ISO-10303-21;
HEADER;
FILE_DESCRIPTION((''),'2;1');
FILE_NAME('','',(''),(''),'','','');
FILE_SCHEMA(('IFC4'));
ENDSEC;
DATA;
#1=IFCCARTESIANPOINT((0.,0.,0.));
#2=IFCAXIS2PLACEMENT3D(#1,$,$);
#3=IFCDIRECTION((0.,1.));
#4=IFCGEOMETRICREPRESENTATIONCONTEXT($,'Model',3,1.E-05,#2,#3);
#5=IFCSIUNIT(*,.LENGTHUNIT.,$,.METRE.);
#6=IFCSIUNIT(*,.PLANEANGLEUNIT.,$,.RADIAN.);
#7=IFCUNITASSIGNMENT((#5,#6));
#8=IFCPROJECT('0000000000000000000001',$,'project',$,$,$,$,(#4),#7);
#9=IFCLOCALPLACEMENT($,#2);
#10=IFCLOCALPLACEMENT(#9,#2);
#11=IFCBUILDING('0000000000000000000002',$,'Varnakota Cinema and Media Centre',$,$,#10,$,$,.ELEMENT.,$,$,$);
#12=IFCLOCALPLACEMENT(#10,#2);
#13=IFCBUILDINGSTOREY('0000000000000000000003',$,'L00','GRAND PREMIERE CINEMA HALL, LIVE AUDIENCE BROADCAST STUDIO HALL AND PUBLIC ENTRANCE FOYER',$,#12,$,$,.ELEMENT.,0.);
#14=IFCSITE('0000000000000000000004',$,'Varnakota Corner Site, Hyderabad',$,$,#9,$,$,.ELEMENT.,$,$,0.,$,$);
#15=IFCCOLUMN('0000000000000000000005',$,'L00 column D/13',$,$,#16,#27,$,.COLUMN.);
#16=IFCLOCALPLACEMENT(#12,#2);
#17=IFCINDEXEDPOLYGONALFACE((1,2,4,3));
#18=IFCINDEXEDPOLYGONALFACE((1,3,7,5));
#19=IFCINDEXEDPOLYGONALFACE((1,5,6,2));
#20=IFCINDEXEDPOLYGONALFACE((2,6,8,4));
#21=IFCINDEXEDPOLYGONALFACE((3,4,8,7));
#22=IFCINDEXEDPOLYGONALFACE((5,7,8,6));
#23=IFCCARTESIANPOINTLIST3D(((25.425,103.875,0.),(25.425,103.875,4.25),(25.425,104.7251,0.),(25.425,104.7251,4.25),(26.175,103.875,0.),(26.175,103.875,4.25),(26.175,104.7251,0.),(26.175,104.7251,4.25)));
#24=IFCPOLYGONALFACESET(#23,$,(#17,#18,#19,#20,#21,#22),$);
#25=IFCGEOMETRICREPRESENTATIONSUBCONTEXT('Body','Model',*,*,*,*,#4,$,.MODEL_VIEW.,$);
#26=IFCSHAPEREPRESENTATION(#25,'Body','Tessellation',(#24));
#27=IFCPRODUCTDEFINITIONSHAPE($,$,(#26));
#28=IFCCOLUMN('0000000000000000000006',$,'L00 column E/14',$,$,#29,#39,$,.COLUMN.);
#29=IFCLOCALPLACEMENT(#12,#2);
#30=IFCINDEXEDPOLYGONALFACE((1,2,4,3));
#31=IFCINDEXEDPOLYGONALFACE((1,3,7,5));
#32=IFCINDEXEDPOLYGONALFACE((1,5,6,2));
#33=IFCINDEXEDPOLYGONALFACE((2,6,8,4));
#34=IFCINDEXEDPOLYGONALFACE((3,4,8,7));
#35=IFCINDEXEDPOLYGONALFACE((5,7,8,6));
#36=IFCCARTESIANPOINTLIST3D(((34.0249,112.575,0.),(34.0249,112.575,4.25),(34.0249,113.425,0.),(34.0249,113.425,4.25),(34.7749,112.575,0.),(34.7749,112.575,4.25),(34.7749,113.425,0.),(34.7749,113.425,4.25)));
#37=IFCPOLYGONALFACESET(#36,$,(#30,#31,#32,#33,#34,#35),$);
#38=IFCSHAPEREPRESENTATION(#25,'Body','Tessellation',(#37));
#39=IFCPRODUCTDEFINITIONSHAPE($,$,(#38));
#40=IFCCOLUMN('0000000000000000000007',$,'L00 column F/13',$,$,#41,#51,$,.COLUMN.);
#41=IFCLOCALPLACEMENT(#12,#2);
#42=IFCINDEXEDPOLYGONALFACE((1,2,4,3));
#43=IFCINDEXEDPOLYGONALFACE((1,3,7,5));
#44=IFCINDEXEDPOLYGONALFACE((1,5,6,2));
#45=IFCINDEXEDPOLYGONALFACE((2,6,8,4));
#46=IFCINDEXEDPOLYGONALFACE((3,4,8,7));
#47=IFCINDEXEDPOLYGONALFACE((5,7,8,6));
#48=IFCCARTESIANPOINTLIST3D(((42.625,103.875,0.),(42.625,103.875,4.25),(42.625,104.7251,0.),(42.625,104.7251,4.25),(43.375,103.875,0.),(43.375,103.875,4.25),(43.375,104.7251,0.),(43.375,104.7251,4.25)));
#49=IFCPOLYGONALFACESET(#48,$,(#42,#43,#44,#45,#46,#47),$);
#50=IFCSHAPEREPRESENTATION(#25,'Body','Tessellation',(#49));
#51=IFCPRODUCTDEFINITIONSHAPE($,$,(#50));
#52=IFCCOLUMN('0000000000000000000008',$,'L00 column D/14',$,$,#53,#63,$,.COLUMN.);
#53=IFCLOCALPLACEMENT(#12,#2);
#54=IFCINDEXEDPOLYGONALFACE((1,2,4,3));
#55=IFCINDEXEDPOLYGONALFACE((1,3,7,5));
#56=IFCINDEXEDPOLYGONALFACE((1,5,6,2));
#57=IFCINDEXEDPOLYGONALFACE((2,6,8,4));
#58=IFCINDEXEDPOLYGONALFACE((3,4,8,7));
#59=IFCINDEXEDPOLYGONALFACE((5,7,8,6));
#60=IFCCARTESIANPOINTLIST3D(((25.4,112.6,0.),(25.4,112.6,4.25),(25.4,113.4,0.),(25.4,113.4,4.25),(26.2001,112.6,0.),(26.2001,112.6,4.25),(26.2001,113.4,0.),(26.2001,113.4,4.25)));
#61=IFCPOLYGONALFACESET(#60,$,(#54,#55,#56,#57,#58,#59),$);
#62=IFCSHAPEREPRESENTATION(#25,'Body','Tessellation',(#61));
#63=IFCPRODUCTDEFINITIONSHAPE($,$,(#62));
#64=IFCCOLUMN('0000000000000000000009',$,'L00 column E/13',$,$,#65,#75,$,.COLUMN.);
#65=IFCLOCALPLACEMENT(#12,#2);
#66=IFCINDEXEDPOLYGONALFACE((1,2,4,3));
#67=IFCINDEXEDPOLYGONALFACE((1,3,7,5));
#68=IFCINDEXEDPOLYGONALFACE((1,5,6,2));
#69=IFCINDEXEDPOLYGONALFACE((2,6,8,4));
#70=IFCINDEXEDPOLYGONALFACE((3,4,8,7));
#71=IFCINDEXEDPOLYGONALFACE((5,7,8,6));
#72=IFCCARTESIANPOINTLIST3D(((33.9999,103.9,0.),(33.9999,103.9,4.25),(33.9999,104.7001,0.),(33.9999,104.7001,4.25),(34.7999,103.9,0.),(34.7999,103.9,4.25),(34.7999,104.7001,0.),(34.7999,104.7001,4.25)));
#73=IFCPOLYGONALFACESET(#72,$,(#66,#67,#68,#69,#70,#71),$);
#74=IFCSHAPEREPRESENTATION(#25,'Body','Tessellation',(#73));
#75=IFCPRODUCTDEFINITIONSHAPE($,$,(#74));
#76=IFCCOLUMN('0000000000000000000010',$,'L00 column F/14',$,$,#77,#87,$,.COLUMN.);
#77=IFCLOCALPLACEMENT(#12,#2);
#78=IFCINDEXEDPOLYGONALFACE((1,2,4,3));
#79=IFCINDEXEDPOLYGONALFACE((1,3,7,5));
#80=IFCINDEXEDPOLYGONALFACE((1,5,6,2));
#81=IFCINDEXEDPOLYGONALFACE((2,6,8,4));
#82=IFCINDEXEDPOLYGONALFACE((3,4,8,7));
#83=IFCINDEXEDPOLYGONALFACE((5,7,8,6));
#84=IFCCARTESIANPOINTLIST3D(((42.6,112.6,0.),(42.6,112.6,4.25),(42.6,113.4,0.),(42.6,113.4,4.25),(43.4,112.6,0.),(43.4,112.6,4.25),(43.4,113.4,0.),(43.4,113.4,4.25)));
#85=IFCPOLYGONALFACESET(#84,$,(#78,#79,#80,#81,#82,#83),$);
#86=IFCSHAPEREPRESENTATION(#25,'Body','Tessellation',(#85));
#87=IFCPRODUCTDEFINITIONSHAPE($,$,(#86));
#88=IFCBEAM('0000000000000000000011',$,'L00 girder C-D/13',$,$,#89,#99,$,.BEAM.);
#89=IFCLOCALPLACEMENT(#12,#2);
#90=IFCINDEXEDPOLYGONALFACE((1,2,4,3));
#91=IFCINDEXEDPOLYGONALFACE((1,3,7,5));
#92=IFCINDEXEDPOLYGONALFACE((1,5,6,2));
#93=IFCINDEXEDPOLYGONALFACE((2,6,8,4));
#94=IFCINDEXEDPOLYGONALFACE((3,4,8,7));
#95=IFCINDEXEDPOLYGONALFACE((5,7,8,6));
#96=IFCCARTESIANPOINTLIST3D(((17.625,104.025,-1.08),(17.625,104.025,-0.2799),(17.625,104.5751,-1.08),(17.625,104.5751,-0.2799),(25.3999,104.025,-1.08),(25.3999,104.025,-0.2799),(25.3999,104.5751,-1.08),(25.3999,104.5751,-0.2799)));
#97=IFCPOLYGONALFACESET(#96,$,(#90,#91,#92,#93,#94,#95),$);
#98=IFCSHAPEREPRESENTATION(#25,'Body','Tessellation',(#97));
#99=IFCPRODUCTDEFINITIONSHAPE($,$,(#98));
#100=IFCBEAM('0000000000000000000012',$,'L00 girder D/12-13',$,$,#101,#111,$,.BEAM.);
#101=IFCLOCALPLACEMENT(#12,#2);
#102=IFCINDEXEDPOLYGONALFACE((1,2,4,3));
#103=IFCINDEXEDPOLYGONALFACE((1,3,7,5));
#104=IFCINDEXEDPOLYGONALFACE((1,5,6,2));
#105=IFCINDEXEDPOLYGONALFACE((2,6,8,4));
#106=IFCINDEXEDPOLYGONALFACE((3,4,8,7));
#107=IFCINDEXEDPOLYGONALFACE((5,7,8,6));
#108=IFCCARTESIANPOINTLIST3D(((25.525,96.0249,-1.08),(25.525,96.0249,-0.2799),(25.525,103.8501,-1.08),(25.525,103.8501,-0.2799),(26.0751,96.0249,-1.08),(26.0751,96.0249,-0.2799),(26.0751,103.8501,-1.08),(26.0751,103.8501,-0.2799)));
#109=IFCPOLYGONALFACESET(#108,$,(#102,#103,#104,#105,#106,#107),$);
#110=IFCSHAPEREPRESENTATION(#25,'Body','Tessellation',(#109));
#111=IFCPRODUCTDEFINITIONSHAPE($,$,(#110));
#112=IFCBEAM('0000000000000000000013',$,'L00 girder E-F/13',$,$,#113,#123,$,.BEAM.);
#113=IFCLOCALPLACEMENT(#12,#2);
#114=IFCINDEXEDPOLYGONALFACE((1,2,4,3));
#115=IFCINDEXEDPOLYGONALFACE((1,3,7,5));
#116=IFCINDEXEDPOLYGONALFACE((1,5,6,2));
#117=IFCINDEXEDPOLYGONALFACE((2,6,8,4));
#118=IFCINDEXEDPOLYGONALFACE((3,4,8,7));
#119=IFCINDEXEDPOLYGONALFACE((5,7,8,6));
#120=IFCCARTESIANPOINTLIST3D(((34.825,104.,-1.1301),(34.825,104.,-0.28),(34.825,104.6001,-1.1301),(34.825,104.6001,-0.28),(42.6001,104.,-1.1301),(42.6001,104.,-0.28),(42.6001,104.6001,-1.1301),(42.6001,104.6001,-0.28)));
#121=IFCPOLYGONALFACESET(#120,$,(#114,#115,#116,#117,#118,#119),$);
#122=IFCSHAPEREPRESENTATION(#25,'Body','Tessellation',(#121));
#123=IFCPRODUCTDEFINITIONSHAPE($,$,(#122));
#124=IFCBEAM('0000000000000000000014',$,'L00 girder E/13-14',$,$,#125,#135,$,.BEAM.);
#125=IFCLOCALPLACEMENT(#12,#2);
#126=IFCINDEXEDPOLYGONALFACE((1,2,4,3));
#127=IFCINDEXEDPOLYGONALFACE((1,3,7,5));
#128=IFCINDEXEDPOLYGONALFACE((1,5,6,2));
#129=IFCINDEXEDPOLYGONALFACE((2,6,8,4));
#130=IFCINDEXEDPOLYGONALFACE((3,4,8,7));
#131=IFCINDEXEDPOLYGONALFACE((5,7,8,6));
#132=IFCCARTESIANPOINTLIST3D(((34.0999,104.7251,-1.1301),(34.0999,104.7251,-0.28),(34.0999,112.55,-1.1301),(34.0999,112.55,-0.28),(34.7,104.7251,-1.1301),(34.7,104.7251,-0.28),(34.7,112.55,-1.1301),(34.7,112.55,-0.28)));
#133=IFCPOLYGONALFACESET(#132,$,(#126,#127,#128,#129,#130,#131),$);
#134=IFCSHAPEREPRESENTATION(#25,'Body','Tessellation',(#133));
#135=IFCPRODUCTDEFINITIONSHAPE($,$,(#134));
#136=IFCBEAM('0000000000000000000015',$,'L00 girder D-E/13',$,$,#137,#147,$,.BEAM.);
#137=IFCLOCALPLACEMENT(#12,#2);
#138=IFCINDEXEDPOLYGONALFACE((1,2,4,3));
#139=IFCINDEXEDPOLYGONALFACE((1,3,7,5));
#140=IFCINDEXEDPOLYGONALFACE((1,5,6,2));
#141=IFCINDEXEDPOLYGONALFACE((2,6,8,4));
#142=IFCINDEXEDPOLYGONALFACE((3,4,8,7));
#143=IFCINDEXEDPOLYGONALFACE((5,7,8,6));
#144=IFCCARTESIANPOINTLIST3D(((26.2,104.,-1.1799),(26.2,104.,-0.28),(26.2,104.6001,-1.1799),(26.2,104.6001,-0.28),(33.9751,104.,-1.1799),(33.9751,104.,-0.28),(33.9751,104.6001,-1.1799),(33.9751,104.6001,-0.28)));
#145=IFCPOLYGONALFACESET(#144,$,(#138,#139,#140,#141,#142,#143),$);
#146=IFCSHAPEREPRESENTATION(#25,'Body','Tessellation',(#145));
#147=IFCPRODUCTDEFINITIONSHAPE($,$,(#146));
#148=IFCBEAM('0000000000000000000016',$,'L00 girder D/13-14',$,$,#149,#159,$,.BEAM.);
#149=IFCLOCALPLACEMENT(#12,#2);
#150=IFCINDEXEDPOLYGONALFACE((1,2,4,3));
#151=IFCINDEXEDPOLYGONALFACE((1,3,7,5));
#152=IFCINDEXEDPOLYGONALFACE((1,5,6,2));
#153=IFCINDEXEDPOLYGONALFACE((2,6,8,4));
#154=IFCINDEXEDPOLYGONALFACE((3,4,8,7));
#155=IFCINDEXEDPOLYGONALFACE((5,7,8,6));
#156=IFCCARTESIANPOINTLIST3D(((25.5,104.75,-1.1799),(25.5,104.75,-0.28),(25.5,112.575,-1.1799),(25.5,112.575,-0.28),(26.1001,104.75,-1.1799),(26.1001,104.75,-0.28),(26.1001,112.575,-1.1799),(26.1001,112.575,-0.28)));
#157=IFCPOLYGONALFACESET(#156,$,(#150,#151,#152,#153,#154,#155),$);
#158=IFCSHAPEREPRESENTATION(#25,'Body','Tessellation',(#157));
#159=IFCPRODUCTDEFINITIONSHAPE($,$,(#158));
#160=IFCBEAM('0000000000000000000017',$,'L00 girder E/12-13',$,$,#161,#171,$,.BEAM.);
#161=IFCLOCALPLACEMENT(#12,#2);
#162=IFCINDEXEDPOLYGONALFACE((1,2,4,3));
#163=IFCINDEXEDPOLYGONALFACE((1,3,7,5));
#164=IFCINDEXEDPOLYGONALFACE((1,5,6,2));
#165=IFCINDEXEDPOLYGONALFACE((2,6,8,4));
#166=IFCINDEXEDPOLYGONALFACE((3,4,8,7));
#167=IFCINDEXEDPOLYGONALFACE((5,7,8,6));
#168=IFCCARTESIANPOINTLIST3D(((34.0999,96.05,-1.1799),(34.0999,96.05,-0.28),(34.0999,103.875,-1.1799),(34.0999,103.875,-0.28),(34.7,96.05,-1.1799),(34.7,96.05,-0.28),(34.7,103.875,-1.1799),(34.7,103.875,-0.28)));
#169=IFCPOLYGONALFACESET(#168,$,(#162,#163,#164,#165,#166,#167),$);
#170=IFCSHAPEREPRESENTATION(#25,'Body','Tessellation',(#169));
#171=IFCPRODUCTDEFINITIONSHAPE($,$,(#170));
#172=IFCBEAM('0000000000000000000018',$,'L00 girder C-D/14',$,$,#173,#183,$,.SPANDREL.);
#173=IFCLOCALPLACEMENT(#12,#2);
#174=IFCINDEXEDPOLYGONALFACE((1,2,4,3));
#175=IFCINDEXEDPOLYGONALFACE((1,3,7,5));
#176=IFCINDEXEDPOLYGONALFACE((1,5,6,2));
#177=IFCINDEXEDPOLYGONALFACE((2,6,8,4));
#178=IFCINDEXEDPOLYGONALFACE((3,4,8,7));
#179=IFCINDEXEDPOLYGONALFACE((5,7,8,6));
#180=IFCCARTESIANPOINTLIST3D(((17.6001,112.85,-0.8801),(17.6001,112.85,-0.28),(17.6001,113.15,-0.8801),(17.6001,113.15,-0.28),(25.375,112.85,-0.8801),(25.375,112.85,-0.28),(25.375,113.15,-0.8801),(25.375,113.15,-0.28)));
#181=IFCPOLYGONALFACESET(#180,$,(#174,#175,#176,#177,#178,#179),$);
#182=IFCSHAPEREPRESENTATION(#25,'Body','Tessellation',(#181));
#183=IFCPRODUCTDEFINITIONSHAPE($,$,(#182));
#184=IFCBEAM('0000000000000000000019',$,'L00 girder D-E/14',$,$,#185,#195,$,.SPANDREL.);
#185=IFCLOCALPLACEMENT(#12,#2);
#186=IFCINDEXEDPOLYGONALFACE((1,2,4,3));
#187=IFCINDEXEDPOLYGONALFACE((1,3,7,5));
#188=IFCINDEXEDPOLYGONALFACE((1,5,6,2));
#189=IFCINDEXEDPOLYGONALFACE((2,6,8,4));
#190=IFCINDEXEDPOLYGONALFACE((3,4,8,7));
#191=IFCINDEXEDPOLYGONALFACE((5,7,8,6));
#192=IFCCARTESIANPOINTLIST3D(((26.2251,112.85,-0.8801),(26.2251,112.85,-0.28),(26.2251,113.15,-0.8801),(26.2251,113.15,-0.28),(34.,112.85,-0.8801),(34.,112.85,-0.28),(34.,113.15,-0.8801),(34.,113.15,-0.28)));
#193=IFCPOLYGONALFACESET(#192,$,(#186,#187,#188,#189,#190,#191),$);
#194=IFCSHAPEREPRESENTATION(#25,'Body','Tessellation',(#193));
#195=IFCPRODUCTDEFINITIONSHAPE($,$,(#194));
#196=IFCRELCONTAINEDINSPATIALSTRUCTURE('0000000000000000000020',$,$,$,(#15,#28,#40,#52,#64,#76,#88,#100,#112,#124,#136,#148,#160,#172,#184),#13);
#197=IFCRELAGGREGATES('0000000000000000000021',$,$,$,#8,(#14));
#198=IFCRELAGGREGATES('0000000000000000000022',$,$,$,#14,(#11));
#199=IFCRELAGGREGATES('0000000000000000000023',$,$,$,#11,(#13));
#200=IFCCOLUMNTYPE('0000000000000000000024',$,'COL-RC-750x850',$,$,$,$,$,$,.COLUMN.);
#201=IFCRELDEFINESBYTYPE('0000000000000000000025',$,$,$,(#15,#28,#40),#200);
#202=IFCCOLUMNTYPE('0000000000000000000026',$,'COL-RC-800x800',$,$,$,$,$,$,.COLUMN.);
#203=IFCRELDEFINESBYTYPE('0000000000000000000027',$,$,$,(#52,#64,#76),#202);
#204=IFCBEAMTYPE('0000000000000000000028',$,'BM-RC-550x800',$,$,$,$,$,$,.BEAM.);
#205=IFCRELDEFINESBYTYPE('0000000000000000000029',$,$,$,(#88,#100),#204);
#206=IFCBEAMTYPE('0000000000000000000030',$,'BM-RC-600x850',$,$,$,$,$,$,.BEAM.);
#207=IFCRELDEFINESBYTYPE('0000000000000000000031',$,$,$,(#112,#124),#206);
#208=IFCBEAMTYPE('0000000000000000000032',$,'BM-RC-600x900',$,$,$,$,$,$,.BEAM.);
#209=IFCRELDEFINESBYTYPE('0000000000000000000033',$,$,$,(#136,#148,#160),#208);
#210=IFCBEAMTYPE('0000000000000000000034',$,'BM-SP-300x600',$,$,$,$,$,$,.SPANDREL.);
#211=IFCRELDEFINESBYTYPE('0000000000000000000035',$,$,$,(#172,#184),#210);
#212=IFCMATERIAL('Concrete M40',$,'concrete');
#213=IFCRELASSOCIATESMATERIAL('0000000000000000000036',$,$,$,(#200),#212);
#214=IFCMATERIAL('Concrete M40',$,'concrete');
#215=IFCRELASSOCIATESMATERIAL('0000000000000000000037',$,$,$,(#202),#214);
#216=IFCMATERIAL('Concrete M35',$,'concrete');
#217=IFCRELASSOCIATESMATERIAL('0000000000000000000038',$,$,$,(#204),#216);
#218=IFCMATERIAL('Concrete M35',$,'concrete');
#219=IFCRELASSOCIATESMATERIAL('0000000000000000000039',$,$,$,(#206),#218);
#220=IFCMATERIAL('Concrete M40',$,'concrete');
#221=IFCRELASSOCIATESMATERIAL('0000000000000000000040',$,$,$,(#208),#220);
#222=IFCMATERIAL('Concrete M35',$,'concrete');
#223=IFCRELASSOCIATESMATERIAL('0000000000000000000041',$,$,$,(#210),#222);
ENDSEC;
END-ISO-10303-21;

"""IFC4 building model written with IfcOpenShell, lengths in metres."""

from ifc_helpers import new_model, si_unit, direction, frame, origin, origin_2d, place, context, subcontext, project, spatial, rectangle, extrude, material, material_profile, profile_set, type_object, element, save


model = new_model("IFC4")

# Units and contexts
model_context = context("Model", 3, precision=1e-05, world=origin(), true_north=direction((0.0, 1.0)))
body_context = subcontext(model_context, "Body", "Model", "MODEL_VIEW")
ifc_project = project(units=[si_unit("LENGTHUNIT", "METRE"), si_unit("PLANEANGLEUNIT", "RADIAN")], contexts=[model_context])

# Site, building, storey
site_placement = place(None, origin())
site = spatial("IfcSite", under=ifc_project, at=site_placement, Name="Varnakota Corner Site, Hyderabad", CompositionType="ELEMENT", RefElevation=0.0)
building_placement = place(site_placement, origin())
building = spatial("IfcBuilding", under=site, at=building_placement, Name="Varnakota Cinema and Media Centre", CompositionType="ELEMENT")
storey_placement = place(building_placement, origin())
storey = spatial("IfcBuildingStorey", under=building, at=storey_placement, Name="L00", Description="GRAND PREMIERE CINEMA HALL, LIVE AUDIENCE BROADCAST STUDIO HALL AND PUBLIC ENTRANCE FOYER", CompositionType="ELEMENT", Elevation=0.0)

# Columns
ifc_material_1 = material(Name="Concrete M40", Category="concrete")
ifc_material_profile_1 = material_profile(ifc_material_1, rectangle(XDim=0.75, YDim=0.8501, at=origin_2d()), Name="RC 750x850")
ifc_profile_set_1 = profile_set([ifc_material_profile_1], Name="Concrete M40")
column_type_1 = type_object("IfcColumnType", Name="COL-RC-750x850", PredefinedType="COLUMN", material=ifc_profile_set_1)
for number, where, z_axis, x_axis, name in (
    (1, (25.8, 104.3, 0.0), (0.0, 0.0, 1.0), (1.0, 0.0, 0.0), "L00 column D/13"),
    (2, (34.3999, 113.0, 0.0), (0.0, 0.0, 1.0), (1.0, 0.0, 0.0), "L00 column E/14"),
    (3, (43.0, 104.3, 0.0), (0.0, 0.0, 1.0), (1.0, 0.0, 0.0), "L00 column F/13"),
):
    element("IfcColumn", number, at=place(storey_placement, frame(where, z_axis=z_axis, x_axis=x_axis)), inside=storey, type_object=column_type_1, Name=name, PredefinedType="COLUMN", context=body_context, shape_type="SweptSolid", body=[
        extrude(rectangle(XDim=0.75, YDim=0.8501, at=origin_2d()), origin(), (0.0, 0.0, 1.0), 4.25),
    ])
ifc_material_2 = material(Name="Concrete M40", Category="concrete")
ifc_material_profile_2 = material_profile(ifc_material_2, rectangle(XDim=0.8, YDim=0.8, at=origin_2d()), Name="RC 800x800")
ifc_profile_set_2 = profile_set([ifc_material_profile_2], Name="Concrete M40")
column_type_2 = type_object("IfcColumnType", Name="COL-RC-800x800", PredefinedType="COLUMN", material=ifc_profile_set_2)
for number, where, z_axis, x_axis, name in (
    (4, (25.8, 113.0, 0.0), (0.0, 0.0, 1.0), (1.0, 0.0, 0.0), "L00 column D/14"),
    (5, (34.3999, 104.3, 0.0), (0.0, 0.0, 1.0), (1.0, 0.0, 0.0), "L00 column E/13"),
    (6, (43.0, 113.0, 0.0), (0.0, 0.0, 1.0), (1.0, 0.0, 0.0), "L00 column F/14"),
):
    element("IfcColumn", number, at=place(storey_placement, frame(where, z_axis=z_axis, x_axis=x_axis)), inside=storey, type_object=column_type_2, Name=name, PredefinedType="COLUMN", context=body_context, shape_type="SweptSolid", body=[
        extrude(rectangle(XDim=0.8, YDim=0.8, at=origin_2d()), origin(), (0.0, 0.0, 1.0), 4.25),
    ])

# Beams
ifc_material_3 = material(Name="Concrete M35", Category="concrete")
ifc_material_profile_3 = material_profile(ifc_material_3, rectangle(XDim=0.55, YDim=0.8, at=origin_2d()), Name="RCB 550x800")
ifc_profile_set_3 = profile_set([ifc_material_profile_3], Name="Concrete M35")
beam_type_1 = type_object("IfcBeamType", Name="BM-RC-550x800", PredefinedType="BEAM", material=ifc_profile_set_3)
beam_1_placement = place(storey_placement, frame((17.625, 104.3, -0.6799), z_axis=(1.0, 0.0, 0.0), x_axis=(0.0, 1.0, 0.0)))
element("IfcBeam", 7, at=beam_1_placement, inside=storey, type_object=beam_type_1, Name="L00 girder C-D/13", PredefinedType="BEAM", context=body_context, shape_type="SweptSolid", body=[
    extrude(rectangle(XDim=0.55, YDim=0.8, at=origin_2d()), origin(), (0.0, 0.0, 1.0), 7.7749),
])
beam_2_placement = place(storey_placement, frame((25.8, 96.0249, -0.6799), z_axis=(0.0, 1.0, 0.0), x_axis=(-1.0, 0.0, 0.0)))
element("IfcBeam", 8, at=beam_2_placement, inside=storey, type_object=beam_type_1, Name="L00 girder D/12-13", PredefinedType="BEAM", context=body_context, shape_type="SweptSolid", body=[
    extrude(rectangle(XDim=0.55, YDim=0.8, at=origin_2d()), origin(), (0.0, 0.0, 1.0), 7.8252),
])
ifc_material_4 = material(Name="Concrete M35", Category="concrete")
ifc_material_profile_4 = material_profile(ifc_material_4, rectangle(XDim=0.6001, YDim=0.8501, at=origin_2d()), Name="RCB 600x850")
ifc_profile_set_4 = profile_set([ifc_material_profile_4], Name="Concrete M35")
beam_type_2 = type_object("IfcBeamType", Name="BM-RC-600x850", PredefinedType="BEAM", material=ifc_profile_set_4)
beam_3_placement = place(storey_placement, frame((34.825, 104.3, -0.7051), z_axis=(1.0, 0.0, 0.0), x_axis=(0.0, 1.0, 0.0)))
element("IfcBeam", 9, at=beam_3_placement, inside=storey, type_object=beam_type_2, Name="L00 girder E-F/13", PredefinedType="BEAM", context=body_context, shape_type="SweptSolid", body=[
    extrude(rectangle(XDim=0.6001, YDim=0.8501, at=origin_2d()), origin(), (0.0, 0.0, 1.0), 7.7751),
])
beam_4_placement = place(storey_placement, frame((34.3999, 104.7251, -0.7051), z_axis=(0.0, 1.0, 0.0), x_axis=(-1.0, 0.0, 0.0)))
element("IfcBeam", 10, at=beam_4_placement, inside=storey, type_object=beam_type_2, Name="L00 girder E/13-14", PredefinedType="BEAM", context=body_context, shape_type="SweptSolid", body=[
    extrude(rectangle(XDim=0.6001, YDim=0.8501, at=origin_2d()), origin(), (0.0, 0.0, 1.0), 7.825),
])
ifc_material_5 = material(Name="Concrete M40", Category="concrete")
ifc_material_profile_5 = material_profile(ifc_material_5, rectangle(XDim=0.6001, YDim=0.8999, at=origin_2d()), Name="RCB 600x900")
ifc_profile_set_5 = profile_set([ifc_material_profile_5], Name="Concrete M40")
beam_type_3 = type_object("IfcBeamType", Name="BM-RC-600x900", PredefinedType="BEAM", material=ifc_profile_set_5)
beam_5_placement = place(storey_placement, frame((26.2, 104.3, -0.73), z_axis=(1.0, 0.0, 0.0), x_axis=(0.0, 1.0, 0.0)))
element("IfcBeam", 11, at=beam_5_placement, inside=storey, type_object=beam_type_3, Name="L00 girder D-E/13", PredefinedType="BEAM", context=body_context, shape_type="SweptSolid", body=[
    extrude(rectangle(XDim=0.6001, YDim=0.8999, at=origin_2d()), origin(), (0.0, 0.0, 1.0), 7.7751),
])
for number, where, z_axis, x_axis, name in (
    (12, (25.8, 104.75, -0.73), (0.0, 1.0, 0.0), (-1.0, 0.0, 0.0), "L00 girder D/13-14"),
    (13, (34.3999, 96.05, -0.73), (0.0, 1.0, 0.0), (-1.0, 0.0, 0.0), "L00 girder E/12-13"),
):
    element("IfcBeam", number, at=place(storey_placement, frame(where, z_axis=z_axis, x_axis=x_axis)), inside=storey, type_object=beam_type_3, Name=name, PredefinedType="BEAM", context=body_context, shape_type="SweptSolid", body=[
        extrude(rectangle(XDim=0.6001, YDim=0.8999, at=origin_2d()), origin(), (0.0, 0.0, 1.0), 7.825),
    ])
ifc_material_6 = material(Name="Concrete M35", Category="concrete")
ifc_material_profile_6 = material_profile(ifc_material_6, rectangle(XDim=0.3, YDim=0.6001, at=origin_2d()), Name="RCB 300x600")
ifc_profile_set_6 = profile_set([ifc_material_profile_6], Name="Concrete M35")
beam_type_4 = type_object("IfcBeamType", Name="BM-SP-300x600", PredefinedType="SPANDREL", material=ifc_profile_set_6)
for number, where, z_axis, x_axis, name in (
    (14, (17.6001, 113.0, -0.5801), (1.0, 0.0, 0.0), (0.0, 1.0, 0.0), "L00 girder C-D/14"),
    (15, (26.2251, 113.0, -0.5801), (1.0, 0.0, 0.0), (0.0, 1.0, 0.0), "L00 girder D-E/14"),
):
    element("IfcBeam", number, at=place(storey_placement, frame(where, z_axis=z_axis, x_axis=x_axis)), inside=storey, type_object=beam_type_4, Name=name, PredefinedType="SPANDREL", context=body_context, shape_type="SweptSolid", body=[
        extrude(rectangle(XDim=0.3, YDim=0.6001, at=origin_2d()), origin(), (0.0, 0.0, 1.0), 7.7749),
    ])

save(model, "model.ifc")
